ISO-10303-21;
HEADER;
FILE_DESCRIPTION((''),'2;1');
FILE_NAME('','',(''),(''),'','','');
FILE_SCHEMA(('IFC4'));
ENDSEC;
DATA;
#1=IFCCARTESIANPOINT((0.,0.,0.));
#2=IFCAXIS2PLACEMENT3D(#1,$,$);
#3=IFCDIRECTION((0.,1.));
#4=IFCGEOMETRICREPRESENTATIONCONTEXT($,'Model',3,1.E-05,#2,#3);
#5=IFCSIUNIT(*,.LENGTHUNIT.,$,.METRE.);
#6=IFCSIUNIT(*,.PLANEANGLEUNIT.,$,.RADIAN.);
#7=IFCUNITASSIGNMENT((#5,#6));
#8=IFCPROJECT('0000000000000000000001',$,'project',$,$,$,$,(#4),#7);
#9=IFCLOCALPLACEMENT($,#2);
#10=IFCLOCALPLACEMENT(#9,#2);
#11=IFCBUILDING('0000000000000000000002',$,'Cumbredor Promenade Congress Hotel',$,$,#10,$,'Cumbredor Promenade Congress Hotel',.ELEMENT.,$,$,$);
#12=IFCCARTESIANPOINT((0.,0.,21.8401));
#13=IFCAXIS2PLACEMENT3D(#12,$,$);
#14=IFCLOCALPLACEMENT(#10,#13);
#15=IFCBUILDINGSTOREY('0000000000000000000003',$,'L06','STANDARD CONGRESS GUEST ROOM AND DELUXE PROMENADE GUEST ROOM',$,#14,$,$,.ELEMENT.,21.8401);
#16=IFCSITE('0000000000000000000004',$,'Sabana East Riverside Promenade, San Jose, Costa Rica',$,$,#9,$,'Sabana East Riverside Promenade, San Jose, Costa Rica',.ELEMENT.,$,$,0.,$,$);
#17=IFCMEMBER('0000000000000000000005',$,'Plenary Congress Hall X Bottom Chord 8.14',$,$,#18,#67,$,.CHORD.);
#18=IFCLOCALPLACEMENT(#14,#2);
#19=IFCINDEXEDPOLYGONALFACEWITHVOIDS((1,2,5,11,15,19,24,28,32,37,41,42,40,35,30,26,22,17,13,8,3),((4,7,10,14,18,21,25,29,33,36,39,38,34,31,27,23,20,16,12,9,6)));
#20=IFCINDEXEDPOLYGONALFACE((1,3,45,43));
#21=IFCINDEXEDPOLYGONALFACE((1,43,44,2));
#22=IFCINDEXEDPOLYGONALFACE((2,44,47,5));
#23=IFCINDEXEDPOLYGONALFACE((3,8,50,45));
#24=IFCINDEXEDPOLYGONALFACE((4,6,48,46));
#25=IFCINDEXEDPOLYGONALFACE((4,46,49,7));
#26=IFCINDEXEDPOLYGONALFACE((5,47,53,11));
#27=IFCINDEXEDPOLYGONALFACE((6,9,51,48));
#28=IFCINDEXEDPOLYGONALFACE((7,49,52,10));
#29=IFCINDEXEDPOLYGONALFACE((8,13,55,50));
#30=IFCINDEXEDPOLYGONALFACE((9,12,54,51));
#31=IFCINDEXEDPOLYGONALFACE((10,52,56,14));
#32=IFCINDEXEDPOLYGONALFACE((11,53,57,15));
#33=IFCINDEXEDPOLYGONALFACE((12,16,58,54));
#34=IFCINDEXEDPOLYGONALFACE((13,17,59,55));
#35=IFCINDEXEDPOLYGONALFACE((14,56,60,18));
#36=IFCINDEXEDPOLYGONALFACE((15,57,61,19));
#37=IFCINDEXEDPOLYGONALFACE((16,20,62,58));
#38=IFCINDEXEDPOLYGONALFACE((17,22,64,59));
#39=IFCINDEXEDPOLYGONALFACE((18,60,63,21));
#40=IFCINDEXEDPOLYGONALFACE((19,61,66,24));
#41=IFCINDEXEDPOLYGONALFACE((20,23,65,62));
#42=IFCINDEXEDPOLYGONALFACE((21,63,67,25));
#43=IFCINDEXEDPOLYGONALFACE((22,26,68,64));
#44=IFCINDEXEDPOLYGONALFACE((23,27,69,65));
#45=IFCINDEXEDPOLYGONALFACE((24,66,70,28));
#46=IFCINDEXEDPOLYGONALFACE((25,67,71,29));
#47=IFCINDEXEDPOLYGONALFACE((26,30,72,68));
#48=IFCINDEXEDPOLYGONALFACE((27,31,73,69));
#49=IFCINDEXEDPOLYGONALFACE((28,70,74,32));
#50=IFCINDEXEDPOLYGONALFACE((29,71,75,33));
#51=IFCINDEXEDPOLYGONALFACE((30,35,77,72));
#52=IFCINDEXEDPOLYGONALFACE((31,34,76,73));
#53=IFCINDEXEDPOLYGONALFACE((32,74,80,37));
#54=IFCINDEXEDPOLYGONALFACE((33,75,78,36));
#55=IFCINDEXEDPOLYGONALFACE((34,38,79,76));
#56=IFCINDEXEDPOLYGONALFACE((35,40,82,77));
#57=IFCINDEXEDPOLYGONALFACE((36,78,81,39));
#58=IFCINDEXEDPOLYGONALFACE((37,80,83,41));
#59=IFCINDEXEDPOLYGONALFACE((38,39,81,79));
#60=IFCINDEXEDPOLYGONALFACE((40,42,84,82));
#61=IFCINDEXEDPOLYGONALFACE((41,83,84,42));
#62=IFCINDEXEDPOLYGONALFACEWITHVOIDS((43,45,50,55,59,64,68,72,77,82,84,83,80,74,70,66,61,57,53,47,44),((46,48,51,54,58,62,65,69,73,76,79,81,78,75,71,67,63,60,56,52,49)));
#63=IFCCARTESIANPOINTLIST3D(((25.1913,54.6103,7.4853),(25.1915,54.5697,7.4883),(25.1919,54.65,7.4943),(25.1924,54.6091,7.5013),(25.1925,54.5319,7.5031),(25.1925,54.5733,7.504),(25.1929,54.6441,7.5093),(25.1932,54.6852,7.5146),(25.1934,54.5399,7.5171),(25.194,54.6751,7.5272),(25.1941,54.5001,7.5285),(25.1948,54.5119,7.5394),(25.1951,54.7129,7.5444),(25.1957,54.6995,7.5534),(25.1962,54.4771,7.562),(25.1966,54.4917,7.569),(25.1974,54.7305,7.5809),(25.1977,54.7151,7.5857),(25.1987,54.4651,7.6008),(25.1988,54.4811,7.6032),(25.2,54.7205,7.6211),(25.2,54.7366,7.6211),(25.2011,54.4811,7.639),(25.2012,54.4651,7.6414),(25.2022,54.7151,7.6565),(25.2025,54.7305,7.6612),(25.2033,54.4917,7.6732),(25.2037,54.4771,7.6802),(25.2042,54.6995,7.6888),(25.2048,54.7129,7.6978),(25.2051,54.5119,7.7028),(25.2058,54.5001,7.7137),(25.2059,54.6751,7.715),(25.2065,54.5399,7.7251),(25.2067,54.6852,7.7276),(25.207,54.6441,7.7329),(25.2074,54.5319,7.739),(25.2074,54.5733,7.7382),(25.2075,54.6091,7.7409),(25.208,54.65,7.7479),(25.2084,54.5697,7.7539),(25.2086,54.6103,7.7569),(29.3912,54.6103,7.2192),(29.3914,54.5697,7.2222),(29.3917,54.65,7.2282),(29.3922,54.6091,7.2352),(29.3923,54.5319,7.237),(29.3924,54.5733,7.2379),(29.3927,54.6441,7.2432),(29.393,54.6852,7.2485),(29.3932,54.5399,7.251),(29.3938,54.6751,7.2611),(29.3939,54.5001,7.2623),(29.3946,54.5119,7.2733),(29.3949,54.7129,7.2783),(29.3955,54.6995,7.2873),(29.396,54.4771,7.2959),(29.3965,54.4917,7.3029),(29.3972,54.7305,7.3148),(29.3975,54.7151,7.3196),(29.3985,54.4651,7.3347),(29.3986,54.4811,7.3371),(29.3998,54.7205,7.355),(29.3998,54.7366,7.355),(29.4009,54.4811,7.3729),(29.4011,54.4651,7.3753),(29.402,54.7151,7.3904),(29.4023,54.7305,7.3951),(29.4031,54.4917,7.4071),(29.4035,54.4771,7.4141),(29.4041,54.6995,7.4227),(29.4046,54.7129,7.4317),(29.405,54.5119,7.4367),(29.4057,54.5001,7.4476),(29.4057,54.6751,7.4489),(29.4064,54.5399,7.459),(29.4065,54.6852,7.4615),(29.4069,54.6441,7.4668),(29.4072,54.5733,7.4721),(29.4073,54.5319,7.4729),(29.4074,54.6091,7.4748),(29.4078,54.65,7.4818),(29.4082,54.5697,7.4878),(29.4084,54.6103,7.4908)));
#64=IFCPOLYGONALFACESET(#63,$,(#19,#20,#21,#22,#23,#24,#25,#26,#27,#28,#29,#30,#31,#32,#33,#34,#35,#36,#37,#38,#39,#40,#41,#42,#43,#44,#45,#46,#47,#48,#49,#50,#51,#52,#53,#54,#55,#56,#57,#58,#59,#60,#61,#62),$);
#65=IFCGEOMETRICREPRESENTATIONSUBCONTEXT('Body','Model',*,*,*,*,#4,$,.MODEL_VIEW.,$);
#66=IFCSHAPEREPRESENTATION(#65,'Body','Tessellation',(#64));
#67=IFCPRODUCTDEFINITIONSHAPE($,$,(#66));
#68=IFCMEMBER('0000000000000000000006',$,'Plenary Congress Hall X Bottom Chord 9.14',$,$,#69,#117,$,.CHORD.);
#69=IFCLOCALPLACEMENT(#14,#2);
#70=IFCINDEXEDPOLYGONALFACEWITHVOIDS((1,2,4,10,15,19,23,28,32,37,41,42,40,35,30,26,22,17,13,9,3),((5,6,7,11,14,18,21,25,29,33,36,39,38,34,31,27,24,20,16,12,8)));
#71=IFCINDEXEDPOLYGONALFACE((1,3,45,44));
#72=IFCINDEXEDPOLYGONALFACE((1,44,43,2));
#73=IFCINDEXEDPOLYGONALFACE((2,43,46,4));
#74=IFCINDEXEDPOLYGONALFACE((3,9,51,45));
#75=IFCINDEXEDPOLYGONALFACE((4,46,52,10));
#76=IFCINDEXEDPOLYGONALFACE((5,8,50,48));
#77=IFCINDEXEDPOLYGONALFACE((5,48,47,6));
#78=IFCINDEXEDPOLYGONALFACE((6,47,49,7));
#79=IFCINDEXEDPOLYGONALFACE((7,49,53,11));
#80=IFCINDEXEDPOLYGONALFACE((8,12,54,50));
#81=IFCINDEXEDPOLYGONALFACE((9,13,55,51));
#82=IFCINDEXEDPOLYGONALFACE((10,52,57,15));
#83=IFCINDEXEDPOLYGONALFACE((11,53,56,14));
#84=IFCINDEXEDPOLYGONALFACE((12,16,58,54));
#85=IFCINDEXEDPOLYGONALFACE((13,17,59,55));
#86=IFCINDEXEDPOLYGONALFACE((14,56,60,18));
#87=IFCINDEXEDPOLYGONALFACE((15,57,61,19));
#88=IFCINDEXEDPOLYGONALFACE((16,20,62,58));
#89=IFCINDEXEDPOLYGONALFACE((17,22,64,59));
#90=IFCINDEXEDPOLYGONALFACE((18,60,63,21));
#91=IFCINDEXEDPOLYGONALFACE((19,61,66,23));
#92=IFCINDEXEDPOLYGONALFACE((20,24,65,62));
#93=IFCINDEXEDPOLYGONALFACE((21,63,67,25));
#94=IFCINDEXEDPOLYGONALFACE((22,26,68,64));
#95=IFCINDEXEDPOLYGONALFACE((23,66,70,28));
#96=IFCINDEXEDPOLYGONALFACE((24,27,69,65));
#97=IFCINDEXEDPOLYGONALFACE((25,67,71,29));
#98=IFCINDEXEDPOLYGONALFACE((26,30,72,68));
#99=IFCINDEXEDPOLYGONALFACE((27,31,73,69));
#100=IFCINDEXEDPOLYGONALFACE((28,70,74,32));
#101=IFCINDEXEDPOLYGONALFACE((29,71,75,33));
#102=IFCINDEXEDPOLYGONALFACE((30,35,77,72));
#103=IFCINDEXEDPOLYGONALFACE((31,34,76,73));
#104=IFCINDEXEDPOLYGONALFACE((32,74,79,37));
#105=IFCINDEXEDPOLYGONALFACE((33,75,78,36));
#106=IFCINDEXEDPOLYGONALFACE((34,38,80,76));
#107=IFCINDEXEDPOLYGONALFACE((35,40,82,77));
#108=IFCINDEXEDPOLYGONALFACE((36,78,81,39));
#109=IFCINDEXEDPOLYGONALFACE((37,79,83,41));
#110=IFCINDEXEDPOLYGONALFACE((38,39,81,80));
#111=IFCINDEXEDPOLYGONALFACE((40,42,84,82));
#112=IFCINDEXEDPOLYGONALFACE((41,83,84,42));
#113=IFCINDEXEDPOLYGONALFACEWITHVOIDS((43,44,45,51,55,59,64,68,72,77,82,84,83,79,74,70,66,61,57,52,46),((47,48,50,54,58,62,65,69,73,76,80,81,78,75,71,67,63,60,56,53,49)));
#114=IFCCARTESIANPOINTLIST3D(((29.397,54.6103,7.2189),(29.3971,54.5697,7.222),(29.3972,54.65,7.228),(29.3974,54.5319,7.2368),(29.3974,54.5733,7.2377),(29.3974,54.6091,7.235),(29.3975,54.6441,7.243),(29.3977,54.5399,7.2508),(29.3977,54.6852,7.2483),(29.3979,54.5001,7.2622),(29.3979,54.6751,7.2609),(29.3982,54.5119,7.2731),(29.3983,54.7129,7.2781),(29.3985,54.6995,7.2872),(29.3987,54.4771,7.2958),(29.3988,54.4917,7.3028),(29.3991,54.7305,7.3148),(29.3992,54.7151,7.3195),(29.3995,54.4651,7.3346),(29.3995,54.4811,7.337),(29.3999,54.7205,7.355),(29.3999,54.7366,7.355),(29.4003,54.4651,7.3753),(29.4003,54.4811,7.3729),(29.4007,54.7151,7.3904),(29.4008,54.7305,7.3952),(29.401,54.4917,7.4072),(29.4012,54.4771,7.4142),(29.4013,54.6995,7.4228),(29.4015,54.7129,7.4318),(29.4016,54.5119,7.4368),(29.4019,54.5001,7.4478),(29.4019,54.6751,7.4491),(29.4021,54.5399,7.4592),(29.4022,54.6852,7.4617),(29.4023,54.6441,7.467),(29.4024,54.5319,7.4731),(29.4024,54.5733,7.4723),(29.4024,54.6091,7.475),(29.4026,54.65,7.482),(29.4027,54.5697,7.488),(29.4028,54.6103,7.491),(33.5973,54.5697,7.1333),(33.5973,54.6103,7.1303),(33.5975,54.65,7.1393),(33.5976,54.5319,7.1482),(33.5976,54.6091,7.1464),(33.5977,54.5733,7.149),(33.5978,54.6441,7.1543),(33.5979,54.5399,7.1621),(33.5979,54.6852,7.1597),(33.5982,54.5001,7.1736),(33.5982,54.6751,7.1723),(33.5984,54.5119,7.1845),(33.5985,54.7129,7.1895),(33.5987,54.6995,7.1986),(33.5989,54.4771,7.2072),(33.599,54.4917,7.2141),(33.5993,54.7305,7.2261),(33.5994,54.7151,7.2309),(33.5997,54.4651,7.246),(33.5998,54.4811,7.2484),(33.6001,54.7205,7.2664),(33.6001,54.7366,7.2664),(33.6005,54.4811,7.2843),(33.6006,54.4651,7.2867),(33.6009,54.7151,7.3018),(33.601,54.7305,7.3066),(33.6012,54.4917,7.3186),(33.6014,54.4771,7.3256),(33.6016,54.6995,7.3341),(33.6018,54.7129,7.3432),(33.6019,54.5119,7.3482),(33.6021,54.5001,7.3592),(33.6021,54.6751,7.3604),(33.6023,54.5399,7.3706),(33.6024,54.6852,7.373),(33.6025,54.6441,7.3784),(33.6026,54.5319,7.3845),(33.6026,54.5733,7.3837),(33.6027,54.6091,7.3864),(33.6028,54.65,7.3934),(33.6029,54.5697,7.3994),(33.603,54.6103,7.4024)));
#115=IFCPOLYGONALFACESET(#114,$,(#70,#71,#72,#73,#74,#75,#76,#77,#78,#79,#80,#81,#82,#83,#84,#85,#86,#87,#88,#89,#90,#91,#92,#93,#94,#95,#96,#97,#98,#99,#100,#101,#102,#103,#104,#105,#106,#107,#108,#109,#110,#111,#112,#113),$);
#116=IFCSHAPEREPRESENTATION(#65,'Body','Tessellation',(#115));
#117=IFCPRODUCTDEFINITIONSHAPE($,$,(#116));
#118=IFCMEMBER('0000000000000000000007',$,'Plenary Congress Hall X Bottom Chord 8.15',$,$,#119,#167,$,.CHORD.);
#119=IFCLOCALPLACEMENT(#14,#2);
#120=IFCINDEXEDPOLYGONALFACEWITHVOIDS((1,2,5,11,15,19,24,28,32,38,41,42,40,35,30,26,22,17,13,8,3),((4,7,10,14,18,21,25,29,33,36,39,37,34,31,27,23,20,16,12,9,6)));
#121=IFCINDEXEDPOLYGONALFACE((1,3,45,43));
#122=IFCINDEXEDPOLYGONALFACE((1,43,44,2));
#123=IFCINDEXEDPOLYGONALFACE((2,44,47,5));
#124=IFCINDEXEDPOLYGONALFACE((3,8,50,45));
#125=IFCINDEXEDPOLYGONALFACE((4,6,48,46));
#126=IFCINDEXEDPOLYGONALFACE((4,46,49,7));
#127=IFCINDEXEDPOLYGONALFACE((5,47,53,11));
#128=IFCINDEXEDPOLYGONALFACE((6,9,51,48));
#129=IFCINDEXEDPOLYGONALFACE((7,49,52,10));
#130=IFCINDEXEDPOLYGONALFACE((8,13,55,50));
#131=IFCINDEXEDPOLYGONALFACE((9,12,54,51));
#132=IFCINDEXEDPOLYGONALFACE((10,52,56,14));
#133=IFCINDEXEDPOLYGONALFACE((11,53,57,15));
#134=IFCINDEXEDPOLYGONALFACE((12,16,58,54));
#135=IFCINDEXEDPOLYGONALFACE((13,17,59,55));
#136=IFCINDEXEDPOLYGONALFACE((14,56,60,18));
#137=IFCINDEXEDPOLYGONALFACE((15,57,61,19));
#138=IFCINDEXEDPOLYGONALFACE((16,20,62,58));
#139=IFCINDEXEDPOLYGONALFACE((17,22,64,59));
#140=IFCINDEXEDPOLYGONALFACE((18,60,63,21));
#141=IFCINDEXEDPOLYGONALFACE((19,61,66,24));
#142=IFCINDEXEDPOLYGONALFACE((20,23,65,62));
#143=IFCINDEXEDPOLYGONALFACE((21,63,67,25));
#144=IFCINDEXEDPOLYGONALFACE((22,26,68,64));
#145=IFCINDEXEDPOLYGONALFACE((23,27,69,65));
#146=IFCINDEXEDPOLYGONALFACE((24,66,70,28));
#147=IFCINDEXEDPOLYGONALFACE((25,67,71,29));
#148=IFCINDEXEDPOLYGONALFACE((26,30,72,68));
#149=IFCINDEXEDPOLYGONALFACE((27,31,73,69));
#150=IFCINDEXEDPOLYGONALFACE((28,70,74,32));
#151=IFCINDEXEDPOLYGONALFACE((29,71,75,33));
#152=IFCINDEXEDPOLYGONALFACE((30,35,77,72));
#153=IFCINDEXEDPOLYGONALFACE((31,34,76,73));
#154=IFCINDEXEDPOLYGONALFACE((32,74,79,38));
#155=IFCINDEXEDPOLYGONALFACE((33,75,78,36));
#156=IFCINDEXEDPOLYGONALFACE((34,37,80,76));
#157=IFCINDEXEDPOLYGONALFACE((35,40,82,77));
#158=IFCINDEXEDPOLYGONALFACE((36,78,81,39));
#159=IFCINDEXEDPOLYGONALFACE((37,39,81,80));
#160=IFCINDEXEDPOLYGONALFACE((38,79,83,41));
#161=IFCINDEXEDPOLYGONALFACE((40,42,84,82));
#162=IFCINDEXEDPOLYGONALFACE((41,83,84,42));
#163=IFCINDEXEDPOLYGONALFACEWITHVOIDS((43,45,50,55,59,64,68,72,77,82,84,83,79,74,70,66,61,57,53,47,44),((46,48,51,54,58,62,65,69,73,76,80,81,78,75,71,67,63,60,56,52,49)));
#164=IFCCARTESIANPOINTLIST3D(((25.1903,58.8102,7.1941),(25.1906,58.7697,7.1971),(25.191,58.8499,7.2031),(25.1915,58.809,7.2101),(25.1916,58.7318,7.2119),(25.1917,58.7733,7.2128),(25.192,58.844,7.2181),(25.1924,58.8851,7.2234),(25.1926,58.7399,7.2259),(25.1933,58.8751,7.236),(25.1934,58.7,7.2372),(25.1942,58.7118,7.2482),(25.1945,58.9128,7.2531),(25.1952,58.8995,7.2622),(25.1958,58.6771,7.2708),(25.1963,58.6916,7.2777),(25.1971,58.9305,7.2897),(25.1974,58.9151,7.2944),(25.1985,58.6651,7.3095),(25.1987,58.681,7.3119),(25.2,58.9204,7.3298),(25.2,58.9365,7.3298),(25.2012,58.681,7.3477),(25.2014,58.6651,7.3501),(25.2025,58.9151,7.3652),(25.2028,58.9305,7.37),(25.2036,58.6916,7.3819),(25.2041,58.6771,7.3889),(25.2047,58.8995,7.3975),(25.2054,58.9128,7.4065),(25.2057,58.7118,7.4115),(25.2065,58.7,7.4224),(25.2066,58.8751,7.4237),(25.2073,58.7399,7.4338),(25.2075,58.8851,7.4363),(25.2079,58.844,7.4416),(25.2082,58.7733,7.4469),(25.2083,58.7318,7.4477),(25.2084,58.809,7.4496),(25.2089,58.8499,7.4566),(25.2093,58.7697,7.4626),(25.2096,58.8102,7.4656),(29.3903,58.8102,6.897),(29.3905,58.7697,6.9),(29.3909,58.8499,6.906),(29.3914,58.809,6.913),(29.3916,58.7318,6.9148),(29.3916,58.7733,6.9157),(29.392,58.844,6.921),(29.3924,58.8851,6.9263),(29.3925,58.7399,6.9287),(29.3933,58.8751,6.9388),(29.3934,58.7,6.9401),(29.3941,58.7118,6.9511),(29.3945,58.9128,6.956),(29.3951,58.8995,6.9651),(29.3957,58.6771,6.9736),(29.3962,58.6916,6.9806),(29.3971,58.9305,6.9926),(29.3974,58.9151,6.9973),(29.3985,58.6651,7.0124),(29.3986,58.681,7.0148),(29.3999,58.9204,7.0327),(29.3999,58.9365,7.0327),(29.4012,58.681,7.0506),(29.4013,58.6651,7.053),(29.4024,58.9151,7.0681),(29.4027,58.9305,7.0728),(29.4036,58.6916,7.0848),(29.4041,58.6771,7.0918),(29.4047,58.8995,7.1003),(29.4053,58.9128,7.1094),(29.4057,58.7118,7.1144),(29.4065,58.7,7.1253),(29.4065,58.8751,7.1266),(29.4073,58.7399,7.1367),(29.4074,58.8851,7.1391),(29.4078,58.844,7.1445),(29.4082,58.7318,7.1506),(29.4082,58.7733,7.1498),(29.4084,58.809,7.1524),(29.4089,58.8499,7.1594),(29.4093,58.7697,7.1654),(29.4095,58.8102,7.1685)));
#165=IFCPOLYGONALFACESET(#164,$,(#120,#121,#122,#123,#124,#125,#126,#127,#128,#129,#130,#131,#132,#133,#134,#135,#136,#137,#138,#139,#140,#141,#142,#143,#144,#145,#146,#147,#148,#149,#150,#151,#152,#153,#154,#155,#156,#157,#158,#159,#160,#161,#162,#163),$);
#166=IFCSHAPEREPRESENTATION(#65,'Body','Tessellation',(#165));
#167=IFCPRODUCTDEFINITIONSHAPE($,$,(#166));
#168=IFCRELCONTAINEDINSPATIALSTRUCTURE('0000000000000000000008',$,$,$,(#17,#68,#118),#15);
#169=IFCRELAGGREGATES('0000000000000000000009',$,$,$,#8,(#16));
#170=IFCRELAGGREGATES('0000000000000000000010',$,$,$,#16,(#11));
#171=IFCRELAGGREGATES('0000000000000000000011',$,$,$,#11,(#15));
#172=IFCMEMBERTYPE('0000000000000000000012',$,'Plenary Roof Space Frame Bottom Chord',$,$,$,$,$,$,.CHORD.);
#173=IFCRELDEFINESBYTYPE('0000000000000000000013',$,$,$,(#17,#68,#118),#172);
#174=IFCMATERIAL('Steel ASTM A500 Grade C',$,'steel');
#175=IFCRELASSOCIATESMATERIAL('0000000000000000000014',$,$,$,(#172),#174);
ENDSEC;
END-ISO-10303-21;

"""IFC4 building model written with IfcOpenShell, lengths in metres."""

from ifc_helpers import new_model, si_unit, direction, frame, origin, origin_2d, place, context, subcontext, project, spatial, hollow_circle, extrude, material, material_profile, profile_set, type_object, element, save


model = new_model("IFC4")

# Units and contexts
model_context = context("Model", 3, precision=1e-05, world=origin(), true_north=direction((0.0, 1.0)))
body_context = subcontext(model_context, "Body", "Model", "MODEL_VIEW")
ifc_project = project(units=[si_unit("LENGTHUNIT", "METRE"), si_unit("PLANEANGLEUNIT", "RADIAN")], contexts=[model_context])

# Site, building, storey
site_placement = place(None, origin())
site = spatial("IfcSite", under=ifc_project, at=site_placement, Name="Sabana East Riverside Promenade, San Jose, Costa Rica", LongName="Sabana East Riverside Promenade, San Jose, Costa Rica", CompositionType="ELEMENT", RefElevation=0.0)
building_placement = place(site_placement, origin())
building = spatial("IfcBuilding", under=site, at=building_placement, Name="Cumbredor Promenade Congress Hotel", LongName="Cumbredor Promenade Congress Hotel", CompositionType="ELEMENT")
storey_placement = place(building_placement, frame((0.0, 0.0, 21.8401)))
storey = spatial("IfcBuildingStorey", under=building, at=storey_placement, Name="L06", Description="STANDARD CONGRESS GUEST ROOM AND DELUXE PROMENADE GUEST ROOM", CompositionType="ELEMENT", Elevation=21.8401)

# Members
ifc_material_1 = material(Name="Steel ASTM A500 Grade C", Category="steel")
ifc_material_profile_1 = material_profile(ifc_material_1, hollow_circle(Radius=0.1365, WallThickness=0.0161, at=origin_2d()), Name="CHS 273.0x16")
ifc_profile_set_1 = profile_set([ifc_material_profile_1], Name="Steel ASTM A500 Grade C")
member_type_1 = type_object("IfcMemberType", Name="Plenary Roof Space Frame Bottom Chord", PredefinedType="CHORD", material=ifc_profile_set_1)
member_1_placement = place(storey_placement, frame((25.2, 54.6001, 7.6211), z_axis=(0.997999, 0.0, -0.063234), x_axis=(0.0, 1.0, 0.0)))
element("IfcMember", 1, at=member_1_placement, inside=storey, type_object=member_type_1, Name="Plenary Congress Hall X Bottom Chord 8.14", PredefinedType="CHORD", context=body_context, shape_type="SweptSolid", body=[
    extrude(hollow_circle(Radius=0.1365, WallThickness=0.0161, at=origin_2d()), origin(), (0.0, 0.0, 1.0), 4.2083),
])
member_2_placement = place(storey_placement, frame((29.3999, 54.6001, 7.355), z_axis=(0.999777, 0.0, -0.021095), x_axis=(0.0, 1.0, 0.0)))
element("IfcMember", 2, at=member_2_placement, inside=storey, type_object=member_type_1, Name="Plenary Congress Hall X Bottom Chord 9.14", PredefinedType="CHORD", context=body_context, shape_type="SweptSolid", body=[
    extrude(hollow_circle(Radius=0.1365, WallThickness=0.0161, at=origin_2d()), origin(), (0.0, 0.0, 1.0), 4.2012),
])
member_3_placement = place(storey_placement, frame((25.2, 58.8, 7.3298), z_axis=(0.997507, 0.0, -0.070567), x_axis=(0.0, 1.0, 0.0)))
element("IfcMember", 3, at=member_3_placement, inside=storey, type_object=member_type_1, Name="Plenary Congress Hall X Bottom Chord 8.15", PredefinedType="CHORD", context=body_context, shape_type="SweptSolid", body=[
    extrude(hollow_circle(Radius=0.1365, WallThickness=0.0161, at=origin_2d()), origin(), (0.0, 0.0, 1.0), 4.2104),
])

save(model, "model.ifc")
